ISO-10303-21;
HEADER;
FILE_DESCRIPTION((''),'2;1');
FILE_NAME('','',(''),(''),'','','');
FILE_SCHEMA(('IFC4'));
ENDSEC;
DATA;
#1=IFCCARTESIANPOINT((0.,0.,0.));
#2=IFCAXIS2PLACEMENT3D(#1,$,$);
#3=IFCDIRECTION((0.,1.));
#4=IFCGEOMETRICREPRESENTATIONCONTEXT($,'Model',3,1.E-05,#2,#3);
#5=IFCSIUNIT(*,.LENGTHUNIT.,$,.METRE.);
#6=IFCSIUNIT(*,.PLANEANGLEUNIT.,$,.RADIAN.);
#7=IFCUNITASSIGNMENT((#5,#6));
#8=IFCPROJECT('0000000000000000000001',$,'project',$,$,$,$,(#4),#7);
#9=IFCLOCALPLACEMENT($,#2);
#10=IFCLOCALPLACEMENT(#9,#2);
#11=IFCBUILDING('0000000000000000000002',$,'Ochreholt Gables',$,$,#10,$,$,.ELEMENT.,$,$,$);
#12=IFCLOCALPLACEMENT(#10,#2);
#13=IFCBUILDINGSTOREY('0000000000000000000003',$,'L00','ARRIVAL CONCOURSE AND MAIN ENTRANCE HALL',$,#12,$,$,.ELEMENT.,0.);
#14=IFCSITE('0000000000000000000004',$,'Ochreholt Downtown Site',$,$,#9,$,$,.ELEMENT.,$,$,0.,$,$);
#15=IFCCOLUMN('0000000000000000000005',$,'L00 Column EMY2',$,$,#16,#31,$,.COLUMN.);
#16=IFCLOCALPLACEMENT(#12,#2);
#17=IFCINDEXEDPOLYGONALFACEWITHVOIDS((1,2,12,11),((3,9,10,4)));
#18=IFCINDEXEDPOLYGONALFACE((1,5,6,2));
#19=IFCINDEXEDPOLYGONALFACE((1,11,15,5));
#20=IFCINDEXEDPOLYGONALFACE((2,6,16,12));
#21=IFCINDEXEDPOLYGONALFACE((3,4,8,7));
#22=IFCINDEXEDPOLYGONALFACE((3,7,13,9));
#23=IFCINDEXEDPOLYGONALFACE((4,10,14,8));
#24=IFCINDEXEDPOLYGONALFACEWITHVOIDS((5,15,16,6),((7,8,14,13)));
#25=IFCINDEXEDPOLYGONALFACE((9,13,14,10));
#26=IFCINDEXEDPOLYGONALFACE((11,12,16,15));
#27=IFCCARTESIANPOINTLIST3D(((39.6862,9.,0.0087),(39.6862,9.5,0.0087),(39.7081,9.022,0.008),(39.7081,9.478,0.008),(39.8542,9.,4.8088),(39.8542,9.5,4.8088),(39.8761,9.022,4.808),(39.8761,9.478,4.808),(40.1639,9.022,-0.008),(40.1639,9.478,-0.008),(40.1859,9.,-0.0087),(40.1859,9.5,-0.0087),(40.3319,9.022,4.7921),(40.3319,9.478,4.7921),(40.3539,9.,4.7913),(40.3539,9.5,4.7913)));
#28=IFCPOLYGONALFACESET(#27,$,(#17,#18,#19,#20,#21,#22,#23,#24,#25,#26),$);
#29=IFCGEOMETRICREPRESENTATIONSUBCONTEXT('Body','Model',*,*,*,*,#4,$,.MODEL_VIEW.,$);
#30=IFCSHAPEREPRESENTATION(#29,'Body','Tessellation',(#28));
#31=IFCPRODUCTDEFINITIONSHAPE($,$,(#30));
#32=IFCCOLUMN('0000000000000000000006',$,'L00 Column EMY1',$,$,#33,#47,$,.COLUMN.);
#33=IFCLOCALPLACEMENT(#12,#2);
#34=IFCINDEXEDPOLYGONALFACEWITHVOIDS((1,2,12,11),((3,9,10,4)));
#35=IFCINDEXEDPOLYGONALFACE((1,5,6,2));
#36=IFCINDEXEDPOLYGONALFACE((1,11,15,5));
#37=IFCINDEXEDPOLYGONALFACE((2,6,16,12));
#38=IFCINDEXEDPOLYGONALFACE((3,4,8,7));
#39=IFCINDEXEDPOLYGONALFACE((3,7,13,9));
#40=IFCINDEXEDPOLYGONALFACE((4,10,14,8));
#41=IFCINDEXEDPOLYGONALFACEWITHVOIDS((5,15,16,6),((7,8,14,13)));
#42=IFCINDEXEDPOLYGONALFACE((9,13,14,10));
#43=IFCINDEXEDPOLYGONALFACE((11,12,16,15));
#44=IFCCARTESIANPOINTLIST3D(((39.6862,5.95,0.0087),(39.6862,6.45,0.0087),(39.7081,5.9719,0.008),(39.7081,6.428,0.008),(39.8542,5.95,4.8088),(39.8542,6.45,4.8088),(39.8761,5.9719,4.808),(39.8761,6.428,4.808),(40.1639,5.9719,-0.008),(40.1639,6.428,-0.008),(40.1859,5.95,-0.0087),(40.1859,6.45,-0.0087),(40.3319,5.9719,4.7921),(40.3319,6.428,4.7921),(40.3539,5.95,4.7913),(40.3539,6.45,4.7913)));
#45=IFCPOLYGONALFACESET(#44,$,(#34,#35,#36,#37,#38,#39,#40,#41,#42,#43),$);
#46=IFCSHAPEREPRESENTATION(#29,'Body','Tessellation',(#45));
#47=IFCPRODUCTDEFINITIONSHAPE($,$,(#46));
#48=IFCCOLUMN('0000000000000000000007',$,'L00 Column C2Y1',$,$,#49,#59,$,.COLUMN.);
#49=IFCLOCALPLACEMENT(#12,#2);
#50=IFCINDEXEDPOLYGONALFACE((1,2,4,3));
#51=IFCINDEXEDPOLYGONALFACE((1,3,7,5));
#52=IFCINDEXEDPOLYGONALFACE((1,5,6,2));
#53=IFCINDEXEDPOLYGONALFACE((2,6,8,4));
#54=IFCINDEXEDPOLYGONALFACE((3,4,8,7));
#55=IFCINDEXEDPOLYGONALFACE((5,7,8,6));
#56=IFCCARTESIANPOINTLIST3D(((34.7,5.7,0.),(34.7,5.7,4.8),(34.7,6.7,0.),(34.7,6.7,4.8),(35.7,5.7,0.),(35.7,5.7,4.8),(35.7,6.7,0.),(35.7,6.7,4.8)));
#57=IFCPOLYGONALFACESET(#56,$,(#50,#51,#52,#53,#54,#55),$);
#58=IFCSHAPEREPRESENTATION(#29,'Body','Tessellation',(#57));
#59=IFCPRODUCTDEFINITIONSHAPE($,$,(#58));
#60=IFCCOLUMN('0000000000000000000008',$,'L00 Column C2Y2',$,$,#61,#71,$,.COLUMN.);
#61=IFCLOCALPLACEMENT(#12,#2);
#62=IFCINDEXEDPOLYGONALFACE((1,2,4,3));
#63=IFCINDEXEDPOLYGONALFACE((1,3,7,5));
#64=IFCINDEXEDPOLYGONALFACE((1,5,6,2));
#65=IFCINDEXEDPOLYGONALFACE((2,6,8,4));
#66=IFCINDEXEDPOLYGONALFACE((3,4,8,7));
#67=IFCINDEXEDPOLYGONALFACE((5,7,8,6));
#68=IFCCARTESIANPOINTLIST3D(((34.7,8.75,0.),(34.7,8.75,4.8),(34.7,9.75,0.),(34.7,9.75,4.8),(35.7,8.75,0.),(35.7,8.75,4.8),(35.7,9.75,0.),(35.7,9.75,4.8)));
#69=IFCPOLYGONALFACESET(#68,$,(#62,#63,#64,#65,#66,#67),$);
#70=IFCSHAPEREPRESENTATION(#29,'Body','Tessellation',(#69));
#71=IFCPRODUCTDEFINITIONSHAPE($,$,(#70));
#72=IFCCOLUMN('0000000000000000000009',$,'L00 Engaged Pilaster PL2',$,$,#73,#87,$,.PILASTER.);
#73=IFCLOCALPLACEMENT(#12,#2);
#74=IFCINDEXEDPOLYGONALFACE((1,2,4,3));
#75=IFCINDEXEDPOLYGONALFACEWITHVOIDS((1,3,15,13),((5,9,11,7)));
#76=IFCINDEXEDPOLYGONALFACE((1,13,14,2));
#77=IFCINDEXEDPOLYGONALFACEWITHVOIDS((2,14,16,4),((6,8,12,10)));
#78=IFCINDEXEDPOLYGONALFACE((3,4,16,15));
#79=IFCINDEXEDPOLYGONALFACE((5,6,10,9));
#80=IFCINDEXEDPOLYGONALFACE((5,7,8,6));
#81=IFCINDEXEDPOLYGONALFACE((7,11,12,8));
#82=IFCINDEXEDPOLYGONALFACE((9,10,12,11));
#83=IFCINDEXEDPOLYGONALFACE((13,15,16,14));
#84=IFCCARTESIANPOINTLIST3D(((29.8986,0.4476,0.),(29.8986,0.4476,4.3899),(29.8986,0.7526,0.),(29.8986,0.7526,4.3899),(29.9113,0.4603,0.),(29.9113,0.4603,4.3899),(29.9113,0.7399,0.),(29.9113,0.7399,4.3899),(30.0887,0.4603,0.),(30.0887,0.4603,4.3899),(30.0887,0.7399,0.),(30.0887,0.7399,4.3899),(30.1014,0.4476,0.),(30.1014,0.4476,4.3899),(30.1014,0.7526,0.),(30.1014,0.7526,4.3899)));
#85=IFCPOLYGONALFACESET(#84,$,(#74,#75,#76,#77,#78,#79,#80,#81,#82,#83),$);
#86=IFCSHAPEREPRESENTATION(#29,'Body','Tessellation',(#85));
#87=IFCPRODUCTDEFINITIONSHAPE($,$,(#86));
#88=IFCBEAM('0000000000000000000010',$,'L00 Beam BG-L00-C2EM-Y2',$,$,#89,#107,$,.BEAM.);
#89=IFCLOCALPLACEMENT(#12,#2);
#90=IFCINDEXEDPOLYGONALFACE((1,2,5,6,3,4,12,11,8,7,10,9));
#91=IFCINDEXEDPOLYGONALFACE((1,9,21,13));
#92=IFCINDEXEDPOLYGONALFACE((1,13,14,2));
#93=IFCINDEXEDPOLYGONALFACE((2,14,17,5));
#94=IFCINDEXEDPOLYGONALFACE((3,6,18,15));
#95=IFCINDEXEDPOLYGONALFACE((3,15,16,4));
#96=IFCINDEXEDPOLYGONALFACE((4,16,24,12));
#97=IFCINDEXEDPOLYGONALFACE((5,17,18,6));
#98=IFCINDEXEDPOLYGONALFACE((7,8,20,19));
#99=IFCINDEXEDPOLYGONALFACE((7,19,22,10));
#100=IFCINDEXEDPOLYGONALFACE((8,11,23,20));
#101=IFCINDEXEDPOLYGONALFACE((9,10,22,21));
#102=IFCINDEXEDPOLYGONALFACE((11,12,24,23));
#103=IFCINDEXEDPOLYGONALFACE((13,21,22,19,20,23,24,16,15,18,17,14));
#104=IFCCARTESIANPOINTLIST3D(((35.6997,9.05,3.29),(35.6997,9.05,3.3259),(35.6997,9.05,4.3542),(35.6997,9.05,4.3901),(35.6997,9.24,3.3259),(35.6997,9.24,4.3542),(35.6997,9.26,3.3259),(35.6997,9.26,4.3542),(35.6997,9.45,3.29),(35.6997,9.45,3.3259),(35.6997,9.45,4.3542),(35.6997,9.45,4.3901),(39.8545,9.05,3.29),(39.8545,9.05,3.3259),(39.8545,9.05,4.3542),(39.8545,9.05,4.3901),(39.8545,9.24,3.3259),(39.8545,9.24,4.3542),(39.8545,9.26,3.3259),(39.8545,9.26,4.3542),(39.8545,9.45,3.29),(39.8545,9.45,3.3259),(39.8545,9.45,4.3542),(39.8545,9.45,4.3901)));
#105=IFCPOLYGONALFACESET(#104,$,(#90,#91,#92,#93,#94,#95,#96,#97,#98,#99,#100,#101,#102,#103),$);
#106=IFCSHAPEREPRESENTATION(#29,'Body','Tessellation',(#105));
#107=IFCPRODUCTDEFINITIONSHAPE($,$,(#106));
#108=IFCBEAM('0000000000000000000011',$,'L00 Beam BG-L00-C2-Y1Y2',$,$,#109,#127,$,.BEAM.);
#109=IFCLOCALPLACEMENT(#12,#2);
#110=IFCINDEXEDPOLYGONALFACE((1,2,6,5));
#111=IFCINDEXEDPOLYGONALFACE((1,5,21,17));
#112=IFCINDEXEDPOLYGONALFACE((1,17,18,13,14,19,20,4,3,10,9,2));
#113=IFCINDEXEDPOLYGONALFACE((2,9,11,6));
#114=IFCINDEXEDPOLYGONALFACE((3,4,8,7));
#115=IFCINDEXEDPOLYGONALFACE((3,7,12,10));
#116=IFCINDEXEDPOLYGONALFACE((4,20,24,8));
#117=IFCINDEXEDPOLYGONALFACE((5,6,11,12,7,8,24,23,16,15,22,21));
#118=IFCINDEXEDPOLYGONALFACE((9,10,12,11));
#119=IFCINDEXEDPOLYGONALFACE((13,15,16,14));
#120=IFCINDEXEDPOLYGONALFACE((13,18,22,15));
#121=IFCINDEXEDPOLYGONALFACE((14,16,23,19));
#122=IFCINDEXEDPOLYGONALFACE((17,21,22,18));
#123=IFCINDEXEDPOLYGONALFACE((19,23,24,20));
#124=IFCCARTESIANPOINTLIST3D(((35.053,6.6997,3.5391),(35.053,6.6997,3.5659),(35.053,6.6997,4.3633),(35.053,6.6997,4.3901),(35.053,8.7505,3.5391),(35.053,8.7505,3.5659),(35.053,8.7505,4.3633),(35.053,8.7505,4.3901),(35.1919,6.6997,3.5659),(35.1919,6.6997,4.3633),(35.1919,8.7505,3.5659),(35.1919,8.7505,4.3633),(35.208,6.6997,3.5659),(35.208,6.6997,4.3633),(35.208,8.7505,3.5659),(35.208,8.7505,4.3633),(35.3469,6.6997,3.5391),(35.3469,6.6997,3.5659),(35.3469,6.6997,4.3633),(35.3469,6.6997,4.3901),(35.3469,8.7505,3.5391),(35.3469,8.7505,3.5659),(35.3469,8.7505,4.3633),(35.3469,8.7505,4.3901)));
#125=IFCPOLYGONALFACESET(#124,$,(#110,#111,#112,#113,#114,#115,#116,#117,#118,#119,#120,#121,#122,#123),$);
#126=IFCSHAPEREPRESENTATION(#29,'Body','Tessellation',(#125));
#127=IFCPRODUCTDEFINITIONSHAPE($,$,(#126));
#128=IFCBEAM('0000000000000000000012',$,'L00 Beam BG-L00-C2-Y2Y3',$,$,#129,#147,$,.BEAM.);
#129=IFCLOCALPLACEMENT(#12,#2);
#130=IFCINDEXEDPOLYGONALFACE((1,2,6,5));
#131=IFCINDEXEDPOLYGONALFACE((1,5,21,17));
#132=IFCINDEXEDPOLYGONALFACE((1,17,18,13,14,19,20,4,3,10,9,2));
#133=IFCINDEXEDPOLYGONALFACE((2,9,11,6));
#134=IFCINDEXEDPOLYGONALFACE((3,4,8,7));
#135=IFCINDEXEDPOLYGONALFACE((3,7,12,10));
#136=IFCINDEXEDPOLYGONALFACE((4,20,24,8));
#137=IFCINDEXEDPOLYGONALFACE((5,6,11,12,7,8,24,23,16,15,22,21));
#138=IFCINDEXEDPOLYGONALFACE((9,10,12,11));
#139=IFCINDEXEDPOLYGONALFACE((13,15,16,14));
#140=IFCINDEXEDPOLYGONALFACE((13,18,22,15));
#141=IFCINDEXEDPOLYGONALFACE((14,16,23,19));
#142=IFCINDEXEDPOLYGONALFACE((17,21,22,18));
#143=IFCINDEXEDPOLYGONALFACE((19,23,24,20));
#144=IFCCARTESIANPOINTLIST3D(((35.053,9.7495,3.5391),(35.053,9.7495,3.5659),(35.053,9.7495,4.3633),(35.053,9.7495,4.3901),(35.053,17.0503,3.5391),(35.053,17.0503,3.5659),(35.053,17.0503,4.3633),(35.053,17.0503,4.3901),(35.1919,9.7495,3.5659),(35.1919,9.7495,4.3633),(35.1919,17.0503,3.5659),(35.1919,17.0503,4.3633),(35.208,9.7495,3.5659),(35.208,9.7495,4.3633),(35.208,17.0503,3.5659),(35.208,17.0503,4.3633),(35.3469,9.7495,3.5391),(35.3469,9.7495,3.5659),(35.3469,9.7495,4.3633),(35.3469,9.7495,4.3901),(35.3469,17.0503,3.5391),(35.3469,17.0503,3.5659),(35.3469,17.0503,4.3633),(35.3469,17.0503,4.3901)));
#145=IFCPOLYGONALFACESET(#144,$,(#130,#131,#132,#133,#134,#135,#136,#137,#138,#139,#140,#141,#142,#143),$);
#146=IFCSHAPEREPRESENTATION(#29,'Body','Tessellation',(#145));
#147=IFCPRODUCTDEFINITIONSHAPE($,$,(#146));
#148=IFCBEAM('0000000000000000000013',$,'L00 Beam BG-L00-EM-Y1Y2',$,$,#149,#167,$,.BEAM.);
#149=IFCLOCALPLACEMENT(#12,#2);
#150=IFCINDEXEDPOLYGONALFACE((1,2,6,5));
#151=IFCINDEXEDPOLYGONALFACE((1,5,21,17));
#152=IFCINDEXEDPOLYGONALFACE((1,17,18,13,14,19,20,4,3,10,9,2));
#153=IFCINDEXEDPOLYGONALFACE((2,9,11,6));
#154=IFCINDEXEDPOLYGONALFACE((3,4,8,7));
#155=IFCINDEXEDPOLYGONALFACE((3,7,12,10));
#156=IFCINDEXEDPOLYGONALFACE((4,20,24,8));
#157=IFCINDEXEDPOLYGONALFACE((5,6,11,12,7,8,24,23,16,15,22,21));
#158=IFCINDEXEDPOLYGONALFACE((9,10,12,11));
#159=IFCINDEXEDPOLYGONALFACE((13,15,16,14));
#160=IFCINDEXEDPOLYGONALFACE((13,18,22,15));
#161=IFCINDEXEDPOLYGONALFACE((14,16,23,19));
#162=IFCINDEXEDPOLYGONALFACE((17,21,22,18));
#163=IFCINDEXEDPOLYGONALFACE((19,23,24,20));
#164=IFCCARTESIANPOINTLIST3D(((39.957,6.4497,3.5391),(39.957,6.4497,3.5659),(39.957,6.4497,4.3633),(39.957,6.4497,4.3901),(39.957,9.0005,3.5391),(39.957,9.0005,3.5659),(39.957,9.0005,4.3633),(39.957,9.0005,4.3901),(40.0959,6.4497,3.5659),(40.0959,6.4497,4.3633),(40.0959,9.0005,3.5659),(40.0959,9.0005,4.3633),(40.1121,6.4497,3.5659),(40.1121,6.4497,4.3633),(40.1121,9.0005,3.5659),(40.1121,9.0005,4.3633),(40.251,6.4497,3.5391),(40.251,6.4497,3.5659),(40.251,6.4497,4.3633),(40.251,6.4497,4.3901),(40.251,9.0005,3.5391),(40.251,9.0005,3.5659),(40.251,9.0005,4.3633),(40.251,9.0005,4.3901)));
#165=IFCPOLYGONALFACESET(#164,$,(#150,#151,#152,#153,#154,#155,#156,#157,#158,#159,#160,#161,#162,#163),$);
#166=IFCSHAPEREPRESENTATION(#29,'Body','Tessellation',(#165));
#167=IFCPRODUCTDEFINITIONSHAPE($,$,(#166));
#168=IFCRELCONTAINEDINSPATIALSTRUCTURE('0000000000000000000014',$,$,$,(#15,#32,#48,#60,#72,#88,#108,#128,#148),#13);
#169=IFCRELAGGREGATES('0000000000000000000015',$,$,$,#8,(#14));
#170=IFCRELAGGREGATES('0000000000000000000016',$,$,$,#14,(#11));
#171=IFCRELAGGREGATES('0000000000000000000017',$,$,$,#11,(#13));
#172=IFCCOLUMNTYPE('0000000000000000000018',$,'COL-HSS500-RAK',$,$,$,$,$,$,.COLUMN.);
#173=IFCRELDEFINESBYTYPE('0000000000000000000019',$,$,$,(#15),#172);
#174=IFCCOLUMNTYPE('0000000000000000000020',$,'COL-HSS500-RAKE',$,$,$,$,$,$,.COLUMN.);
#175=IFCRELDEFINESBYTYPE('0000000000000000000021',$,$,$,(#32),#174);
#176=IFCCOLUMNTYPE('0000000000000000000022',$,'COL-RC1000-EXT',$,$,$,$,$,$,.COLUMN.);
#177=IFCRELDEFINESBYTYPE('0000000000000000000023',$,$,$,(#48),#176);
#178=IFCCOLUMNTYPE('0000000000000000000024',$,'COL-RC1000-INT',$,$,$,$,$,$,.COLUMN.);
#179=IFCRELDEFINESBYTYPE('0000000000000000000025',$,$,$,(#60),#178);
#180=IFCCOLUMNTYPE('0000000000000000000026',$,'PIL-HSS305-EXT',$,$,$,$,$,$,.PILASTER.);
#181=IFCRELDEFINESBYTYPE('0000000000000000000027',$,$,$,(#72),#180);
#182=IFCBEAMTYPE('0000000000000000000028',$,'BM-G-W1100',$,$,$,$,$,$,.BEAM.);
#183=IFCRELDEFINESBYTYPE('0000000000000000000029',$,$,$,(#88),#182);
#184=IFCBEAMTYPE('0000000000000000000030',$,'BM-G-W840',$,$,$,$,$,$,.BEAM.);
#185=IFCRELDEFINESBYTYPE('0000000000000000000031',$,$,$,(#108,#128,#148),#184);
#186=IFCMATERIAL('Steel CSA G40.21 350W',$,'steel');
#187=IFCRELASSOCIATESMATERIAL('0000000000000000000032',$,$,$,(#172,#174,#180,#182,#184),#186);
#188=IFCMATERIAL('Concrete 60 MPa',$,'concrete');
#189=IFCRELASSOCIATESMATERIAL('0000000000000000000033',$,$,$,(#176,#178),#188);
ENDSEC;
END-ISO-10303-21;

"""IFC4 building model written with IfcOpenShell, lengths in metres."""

from ifc_helpers import new_model, si_unit, direction, frame, origin, origin_2d, place, context, subcontext, project, spatial, rectangle, hollow_rectangle, i_section, extrude, material, material_profile, profile_set, type_object, element, save


model = new_model("IFC4")

# Units and contexts
model_context = context("Model", 3, precision=1e-05, world=origin(), true_north=direction((0.0, 1.0)))
body_context = subcontext(model_context, "Body", "Model", "MODEL_VIEW")
ifc_project = project(units=[si_unit("LENGTHUNIT", "METRE"), si_unit("PLANEANGLEUNIT", "RADIAN")], contexts=[model_context])

# Site, building, storey
site_placement = place(None, origin())
site = spatial("IfcSite", under=ifc_project, at=site_placement, Name="Ochreholt Downtown Site", CompositionType="ELEMENT", RefElevation=0.0)
building_placement = place(site_placement, origin())
building = spatial("IfcBuilding", under=site, at=building_placement, Name="Ochreholt Gables", CompositionType="ELEMENT")
storey_placement = place(building_placement, origin())
storey = spatial("IfcBuildingStorey", under=building, at=storey_placement, Name="L00", Description="ARRIVAL CONCOURSE AND MAIN ENTRANCE HALL", CompositionType="ELEMENT", Elevation=0.0)

# Columns
ifc_material_1 = material(Name="Steel CSA G40.21 350W", Category="steel")
ifc_material_profile_1 = material_profile(ifc_material_1, hollow_rectangle(XDim=0.5, YDim=0.5, WallThickness=0.022, at=origin_2d()), Name="HSS500X500X22")
ifc_profile_set_1 = profile_set([ifc_material_profile_1], Name="Steel CSA G40.21 350W")
column_type_1 = type_object("IfcColumnType", Name="COL-HSS500-RAK", PredefinedType="COLUMN", material=ifc_profile_set_1)
column_1_placement = place(storey_placement, frame((39.936, 9.25, 0.0), z_axis=(0.034972, 0.0, 0.999388), x_axis=(0.0, 1.0, 0.0)))
element("IfcColumn", 1, at=column_1_placement, inside=storey, type_object=column_type_1, Name="L00 Column EMY2", PredefinedType="COLUMN", context=body_context, shape_type="SweptSolid", body=[
    extrude(hollow_rectangle(XDim=0.5, YDim=0.5, WallThickness=0.022, at=origin_2d()), origin(), (0.0, 0.0, 1.0), 4.803),
])
ifc_material_profile_2 = material_profile(ifc_material_1, hollow_rectangle(XDim=0.5, YDim=0.5, WallThickness=0.022, at=origin_2d()), Name="HSS500X500X22")
ifc_profile_set_2 = profile_set([ifc_material_profile_2], Name="Steel CSA G40.21 350W")
column_type_2 = type_object("IfcColumnType", Name="COL-HSS500-RAKE", PredefinedType="COLUMN", material=ifc_profile_set_2)
column_2_placement = place(storey_placement, frame((39.936, 6.2, 0.0), z_axis=(0.034972, 0.0, 0.999388), x_axis=(0.0, 1.0, 0.0)))
element("IfcColumn", 2, at=column_2_placement, inside=storey, type_object=column_type_2, Name="L00 Column EMY1", PredefinedType="COLUMN", context=body_context, shape_type="SweptSolid", body=[
    extrude(hollow_rectangle(XDim=0.5, YDim=0.5, WallThickness=0.022, at=origin_2d()), origin(), (0.0, 0.0, 1.0), 4.803),
])
ifc_material_2 = material(Name="Concrete 60 MPa", Category="concrete")
ifc_material_profile_3 = material_profile(ifc_material_2, rectangle(XDim=1.0, YDim=1.0, at=origin_2d()), Name="RC1000X1000")
ifc_profile_set_3 = profile_set([ifc_material_profile_3], Name="Concrete 60 MPa")
column_type_3 = type_object("IfcColumnType", Name="COL-RC1000-EXT", PredefinedType="COLUMN", material=ifc_profile_set_3)
column_3_placement = place(storey_placement, frame((35.2, 6.2, 0.0), z_axis=(0.0, 0.0, 1.0), x_axis=(1.0, 0.0, 0.0)))
element("IfcColumn", 3, at=column_3_placement, inside=storey, type_object=column_type_3, Name="L00 Column C2Y1", PredefinedType="COLUMN", context=body_context, shape_type="SweptSolid", body=[
    extrude(rectangle(XDim=1.0, YDim=1.0, at=origin_2d()), origin(), (0.0, 0.0, 1.0), 4.8),
])
ifc_material_profile_4 = material_profile(ifc_material_2, rectangle(XDim=1.0, YDim=1.0, at=origin_2d()), Name="RC1000X1000")
ifc_profile_set_4 = profile_set([ifc_material_profile_4], Name="Concrete 60 MPa")
column_type_4 = type_object("IfcColumnType", Name="COL-RC1000-INT", PredefinedType="COLUMN", material=ifc_profile_set_4)
column_4_placement = place(storey_placement, frame((35.2, 9.25, 0.0), z_axis=(0.0, 0.0, 1.0), x_axis=(1.0, 0.0, 0.0)))
element("IfcColumn", 4, at=column_4_placement, inside=storey, type_object=column_type_4, Name="L00 Column C2Y2", PredefinedType="COLUMN", context=body_context, shape_type="SweptSolid", body=[
    extrude(rectangle(XDim=1.0, YDim=1.0, at=origin_2d()), origin(), (0.0, 0.0, 1.0), 4.8),
])
ifc_material_profile_5 = material_profile(ifc_material_1, hollow_rectangle(XDim=0.2029, YDim=0.3049, WallThickness=0.0127, at=origin_2d()), Name="HSS305X203X13")
ifc_profile_set_5 = profile_set([ifc_material_profile_5], Name="Steel CSA G40.21 350W")
column_type_5 = type_object("IfcColumnType", Name="PIL-HSS305-EXT", PredefinedType="PILASTER", material=ifc_profile_set_5)
column_5_placement = place(storey_placement, frame((30.0, 0.6001, 0.0), z_axis=(0.0, 0.0, 1.0), x_axis=(1.0, 0.0, 0.0)))
element("IfcColumn", 5, at=column_5_placement, inside=storey, type_object=column_type_5, Name="L00 Engaged Pilaster PL2", PredefinedType="PILASTER", context=body_context, shape_type="SweptSolid", body=[
    extrude(hollow_rectangle(XDim=0.2029, YDim=0.3049, WallThickness=0.0127, at=origin_2d()), origin(), (0.0, 0.0, 1.0), 4.3899),
])

# Beams
ifc_material_profile_6 = material_profile(ifc_material_1, i_section(OverallWidth=0.3999, OverallDepth=1.1001, WebThickness=0.02, FlangeThickness=0.0359, at=origin_2d()), Name="W1100X390")
ifc_profile_set_6 = profile_set([ifc_material_profile_6], Name="Steel CSA G40.21 350W")
beam_type_1 = type_object("IfcBeamType", Name="BM-G-W1100", PredefinedType="BEAM", material=ifc_profile_set_6)
beam_1_placement = place(storey_placement, frame((35.6997, 9.25, 3.8401), z_axis=(1.0, 0.0, 0.0), x_axis=(0.0, 1.0, 0.0)))
element("IfcBeam", 6, at=beam_1_placement, inside=storey, type_object=beam_type_1, Name="L00 Beam BG-L00-C2EM-Y2", PredefinedType="BEAM", context=body_context, shape_type="SweptSolid", body=[
    extrude(i_section(OverallWidth=0.3999, OverallDepth=1.1001, WebThickness=0.02, FlangeThickness=0.0359, at=origin_2d()), origin(), (0.0, 0.0, 1.0), 4.1548),
])
ifc_material_profile_7 = material_profile(ifc_material_1, i_section(OverallWidth=0.2939, OverallDepth=0.8511, WebThickness=0.0161, FlangeThickness=0.0269, at=origin_2d()), Name="W840X226")
ifc_profile_set_7 = profile_set([ifc_material_profile_7], Name="Steel CSA G40.21 350W")
beam_type_2 = type_object("IfcBeamType", Name="BM-G-W840", PredefinedType="BEAM", material=ifc_profile_set_7)
beam_2_placement = place(storey_placement, frame((35.2, 6.6997, 3.9646), z_axis=(0.0, 1.0, 0.0), x_axis=(-1.0, 0.0, 0.0)))
element("IfcBeam", 7, at=beam_2_placement, inside=storey, type_object=beam_type_2, Name="L00 Beam BG-L00-C2-Y1Y2", PredefinedType="BEAM", context=body_context, shape_type="SweptSolid", body=[
    extrude(i_section(OverallWidth=0.2939, OverallDepth=0.8511, WebThickness=0.0161, FlangeThickness=0.0269, at=origin_2d()), origin(), (0.0, 0.0, 1.0), 2.0508),
])
beam_3_placement = place(storey_placement, frame((35.2, 9.7495, 3.9646), z_axis=(0.0, 1.0, 0.0), x_axis=(-1.0, 0.0, 0.0)))
element("IfcBeam", 8, at=beam_3_placement, inside=storey, type_object=beam_type_2, Name="L00 Beam BG-L00-C2-Y2Y3", PredefinedType="BEAM", context=body_context, shape_type="SweptSolid", body=[
    extrude(i_section(OverallWidth=0.2939, OverallDepth=0.8511, WebThickness=0.0161, FlangeThickness=0.0269, at=origin_2d()), origin(), (0.0, 0.0, 1.0), 7.3008),
])
beam_4_placement = place(storey_placement, frame((40.104, 6.4497, 3.9646), z_axis=(0.0, 1.0, 0.0), x_axis=(-1.0, 0.0, 0.0)))
element("IfcBeam", 9, at=beam_4_placement, inside=storey, type_object=beam_type_2, Name="L00 Beam BG-L00-EM-Y1Y2", PredefinedType="BEAM", context=body_context, shape_type="SweptSolid", body=[
    extrude(i_section(OverallWidth=0.2939, OverallDepth=0.8511, WebThickness=0.0161, FlangeThickness=0.0269, at=origin_2d()), origin(), (0.0, 0.0, 1.0), 2.5508),
])

save(model, "model.ifc")
